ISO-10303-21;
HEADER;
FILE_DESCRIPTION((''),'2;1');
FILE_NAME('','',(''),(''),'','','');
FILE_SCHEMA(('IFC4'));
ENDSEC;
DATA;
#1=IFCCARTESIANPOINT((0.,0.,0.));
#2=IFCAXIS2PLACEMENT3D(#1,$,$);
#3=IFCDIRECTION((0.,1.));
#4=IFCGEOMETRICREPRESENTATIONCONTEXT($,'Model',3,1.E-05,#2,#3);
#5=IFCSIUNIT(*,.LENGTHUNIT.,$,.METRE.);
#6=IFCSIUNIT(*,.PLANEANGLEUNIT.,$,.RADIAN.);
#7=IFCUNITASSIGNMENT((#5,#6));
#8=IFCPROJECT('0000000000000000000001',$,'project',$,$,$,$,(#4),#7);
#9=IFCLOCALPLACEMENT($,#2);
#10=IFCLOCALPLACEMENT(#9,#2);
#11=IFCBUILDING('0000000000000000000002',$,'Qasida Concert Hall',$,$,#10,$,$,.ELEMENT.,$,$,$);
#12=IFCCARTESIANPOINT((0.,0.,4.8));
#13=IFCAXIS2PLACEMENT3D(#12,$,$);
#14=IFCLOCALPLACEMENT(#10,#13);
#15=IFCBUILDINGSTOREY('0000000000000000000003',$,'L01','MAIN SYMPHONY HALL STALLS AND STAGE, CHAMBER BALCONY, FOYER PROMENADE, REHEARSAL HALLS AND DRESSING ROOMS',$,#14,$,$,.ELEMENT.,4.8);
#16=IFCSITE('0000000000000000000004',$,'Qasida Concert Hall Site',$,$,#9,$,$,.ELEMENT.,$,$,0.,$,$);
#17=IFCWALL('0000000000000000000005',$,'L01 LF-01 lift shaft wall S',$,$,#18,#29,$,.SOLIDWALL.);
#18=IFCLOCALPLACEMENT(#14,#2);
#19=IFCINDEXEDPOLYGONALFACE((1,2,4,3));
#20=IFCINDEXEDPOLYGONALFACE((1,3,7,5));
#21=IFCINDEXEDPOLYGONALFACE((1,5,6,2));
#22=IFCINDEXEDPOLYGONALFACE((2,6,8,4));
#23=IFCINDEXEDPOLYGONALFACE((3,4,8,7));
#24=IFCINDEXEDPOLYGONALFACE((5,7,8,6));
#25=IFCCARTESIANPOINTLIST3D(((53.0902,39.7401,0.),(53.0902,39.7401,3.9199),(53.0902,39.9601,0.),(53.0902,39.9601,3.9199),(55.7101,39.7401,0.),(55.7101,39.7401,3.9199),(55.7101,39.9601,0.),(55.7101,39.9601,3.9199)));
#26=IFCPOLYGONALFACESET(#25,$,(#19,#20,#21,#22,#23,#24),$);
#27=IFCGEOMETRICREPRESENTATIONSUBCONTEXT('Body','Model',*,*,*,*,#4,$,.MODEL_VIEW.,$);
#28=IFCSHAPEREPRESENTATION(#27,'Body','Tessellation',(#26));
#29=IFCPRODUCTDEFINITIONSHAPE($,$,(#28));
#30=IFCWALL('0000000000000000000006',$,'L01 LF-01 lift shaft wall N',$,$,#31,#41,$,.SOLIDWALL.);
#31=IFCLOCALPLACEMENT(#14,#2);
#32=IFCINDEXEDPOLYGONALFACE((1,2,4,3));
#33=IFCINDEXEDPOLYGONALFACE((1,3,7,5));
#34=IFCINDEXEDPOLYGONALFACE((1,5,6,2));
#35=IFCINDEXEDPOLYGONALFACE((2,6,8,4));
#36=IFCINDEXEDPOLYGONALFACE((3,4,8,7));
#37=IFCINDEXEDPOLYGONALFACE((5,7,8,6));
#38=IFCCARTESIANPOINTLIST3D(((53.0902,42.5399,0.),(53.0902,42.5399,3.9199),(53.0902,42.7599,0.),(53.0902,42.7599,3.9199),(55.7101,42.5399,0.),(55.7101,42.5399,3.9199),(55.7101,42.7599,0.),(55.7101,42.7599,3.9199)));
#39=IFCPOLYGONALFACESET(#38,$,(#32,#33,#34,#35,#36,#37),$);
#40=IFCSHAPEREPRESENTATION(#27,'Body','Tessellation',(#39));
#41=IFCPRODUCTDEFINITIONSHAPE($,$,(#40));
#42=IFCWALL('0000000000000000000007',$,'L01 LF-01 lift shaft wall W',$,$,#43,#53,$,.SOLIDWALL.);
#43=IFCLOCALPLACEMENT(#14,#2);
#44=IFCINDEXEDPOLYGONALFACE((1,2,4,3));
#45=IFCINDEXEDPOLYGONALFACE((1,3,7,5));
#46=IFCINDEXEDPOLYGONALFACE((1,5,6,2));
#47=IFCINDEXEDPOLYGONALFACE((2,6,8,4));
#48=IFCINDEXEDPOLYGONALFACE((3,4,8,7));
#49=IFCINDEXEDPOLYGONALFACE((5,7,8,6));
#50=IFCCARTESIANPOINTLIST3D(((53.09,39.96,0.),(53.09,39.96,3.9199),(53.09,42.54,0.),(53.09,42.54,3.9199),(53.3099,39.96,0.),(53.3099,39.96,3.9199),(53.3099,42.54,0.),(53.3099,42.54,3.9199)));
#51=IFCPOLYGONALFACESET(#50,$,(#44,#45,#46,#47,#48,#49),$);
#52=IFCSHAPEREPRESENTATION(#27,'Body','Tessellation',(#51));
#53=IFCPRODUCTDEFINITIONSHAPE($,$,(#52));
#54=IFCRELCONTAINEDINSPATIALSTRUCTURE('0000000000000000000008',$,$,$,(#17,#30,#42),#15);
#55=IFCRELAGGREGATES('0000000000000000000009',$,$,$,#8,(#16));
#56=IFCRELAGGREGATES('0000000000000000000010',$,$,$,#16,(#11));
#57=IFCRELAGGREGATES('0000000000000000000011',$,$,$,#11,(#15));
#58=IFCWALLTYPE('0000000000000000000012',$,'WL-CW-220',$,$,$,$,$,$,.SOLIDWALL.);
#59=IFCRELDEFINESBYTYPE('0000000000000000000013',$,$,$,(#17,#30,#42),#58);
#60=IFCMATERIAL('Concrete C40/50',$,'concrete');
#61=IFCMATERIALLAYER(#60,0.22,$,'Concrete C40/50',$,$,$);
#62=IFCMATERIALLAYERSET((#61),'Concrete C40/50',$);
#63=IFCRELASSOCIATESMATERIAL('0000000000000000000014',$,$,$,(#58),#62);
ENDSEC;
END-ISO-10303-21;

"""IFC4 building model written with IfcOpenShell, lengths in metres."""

from ifc_helpers import new_model, si_unit, direction, frame, frame_2d, origin, place, context, subcontext, project, spatial, rectangle, extrude, material, layer, layer_set, type_object, element, save


model = new_model("IFC4")

# Units and contexts
model_context = context("Model", 3, precision=1e-05, world=origin(), true_north=direction((0.0, 1.0)))
body_context = subcontext(model_context, "Body", "Model", "MODEL_VIEW")
ifc_project = project(units=[si_unit("LENGTHUNIT", "METRE"), si_unit("PLANEANGLEUNIT", "RADIAN")], contexts=[model_context])

# Site, building, storey
site_placement = place(None, origin())
site = spatial("IfcSite", under=ifc_project, at=site_placement, Name="Qasida Concert Hall Site", CompositionType="ELEMENT", RefElevation=0.0)
building_placement = place(site_placement, origin())
building = spatial("IfcBuilding", under=site, at=building_placement, Name="Qasida Concert Hall", CompositionType="ELEMENT")
storey_placement = place(building_placement, frame((0.0, 0.0, 4.8)))
storey = spatial("IfcBuildingStorey", under=building, at=storey_placement, Name="L01", Description="MAIN SYMPHONY HALL STALLS AND STAGE, CHAMBER BALCONY, FOYER PROMENADE, REHEARSAL HALLS AND DRESSING ROOMS", CompositionType="ELEMENT", Elevation=4.8)

# Shared definitions
ifc_material_1 = material(Name="Concrete C40/50", Category="concrete")

# Walls
ifc_layer_1 = layer(ifc_material_1, 0.22, Name="Concrete C40/50")
ifc_layer_set_1 = layer_set([ifc_layer_1], Name="Concrete C40/50")
wall_type = type_object("IfcWallType", Name="WL-CW-220", PredefinedType="SOLIDWALL", material=ifc_layer_set_1)
for number, where, z_axis, x_axis, name in (
    (1, (53.0901, 39.8501, 0.0), (0.0, 0.0, 1.0), (1.0, 0.0, 0.0), "L01 LF-01 lift shaft wall S"),
    (2, (53.0901, 42.6499, 0.0), (0.0, 0.0, 1.0), (1.0, 0.0, 0.0), "L01 LF-01 lift shaft wall N"),
):
    element("IfcWall", number, at=place(storey_placement, frame(where, z_axis=z_axis, x_axis=x_axis)), inside=storey, type_object=wall_type, Name=name, PredefinedType="SOLIDWALL", context=body_context, shape_type="SweptSolid", body=[
        extrude(rectangle(XDim=2.6199, YDim=0.22, at=frame_2d((1.3101, 0.0))), origin(), (0.0, 0.0, 1.0), 3.9199),
    ])
wall_1_placement = place(storey_placement, frame((53.2, 39.96, 0.0), z_axis=(0.0, 0.0, 1.0), x_axis=(0.0, 1.0, 0.0)))
element("IfcWall", 3, at=wall_1_placement, inside=storey, type_object=wall_type, Name="L01 LF-01 lift shaft wall W", PredefinedType="SOLIDWALL", context=body_context, shape_type="SweptSolid", body=[
    extrude(rectangle(XDim=2.5801, YDim=0.22, at=frame_2d((1.29, 0.0))), origin(), (0.0, 0.0, 1.0), 3.9199),
])

save(model, "model.ifc")
